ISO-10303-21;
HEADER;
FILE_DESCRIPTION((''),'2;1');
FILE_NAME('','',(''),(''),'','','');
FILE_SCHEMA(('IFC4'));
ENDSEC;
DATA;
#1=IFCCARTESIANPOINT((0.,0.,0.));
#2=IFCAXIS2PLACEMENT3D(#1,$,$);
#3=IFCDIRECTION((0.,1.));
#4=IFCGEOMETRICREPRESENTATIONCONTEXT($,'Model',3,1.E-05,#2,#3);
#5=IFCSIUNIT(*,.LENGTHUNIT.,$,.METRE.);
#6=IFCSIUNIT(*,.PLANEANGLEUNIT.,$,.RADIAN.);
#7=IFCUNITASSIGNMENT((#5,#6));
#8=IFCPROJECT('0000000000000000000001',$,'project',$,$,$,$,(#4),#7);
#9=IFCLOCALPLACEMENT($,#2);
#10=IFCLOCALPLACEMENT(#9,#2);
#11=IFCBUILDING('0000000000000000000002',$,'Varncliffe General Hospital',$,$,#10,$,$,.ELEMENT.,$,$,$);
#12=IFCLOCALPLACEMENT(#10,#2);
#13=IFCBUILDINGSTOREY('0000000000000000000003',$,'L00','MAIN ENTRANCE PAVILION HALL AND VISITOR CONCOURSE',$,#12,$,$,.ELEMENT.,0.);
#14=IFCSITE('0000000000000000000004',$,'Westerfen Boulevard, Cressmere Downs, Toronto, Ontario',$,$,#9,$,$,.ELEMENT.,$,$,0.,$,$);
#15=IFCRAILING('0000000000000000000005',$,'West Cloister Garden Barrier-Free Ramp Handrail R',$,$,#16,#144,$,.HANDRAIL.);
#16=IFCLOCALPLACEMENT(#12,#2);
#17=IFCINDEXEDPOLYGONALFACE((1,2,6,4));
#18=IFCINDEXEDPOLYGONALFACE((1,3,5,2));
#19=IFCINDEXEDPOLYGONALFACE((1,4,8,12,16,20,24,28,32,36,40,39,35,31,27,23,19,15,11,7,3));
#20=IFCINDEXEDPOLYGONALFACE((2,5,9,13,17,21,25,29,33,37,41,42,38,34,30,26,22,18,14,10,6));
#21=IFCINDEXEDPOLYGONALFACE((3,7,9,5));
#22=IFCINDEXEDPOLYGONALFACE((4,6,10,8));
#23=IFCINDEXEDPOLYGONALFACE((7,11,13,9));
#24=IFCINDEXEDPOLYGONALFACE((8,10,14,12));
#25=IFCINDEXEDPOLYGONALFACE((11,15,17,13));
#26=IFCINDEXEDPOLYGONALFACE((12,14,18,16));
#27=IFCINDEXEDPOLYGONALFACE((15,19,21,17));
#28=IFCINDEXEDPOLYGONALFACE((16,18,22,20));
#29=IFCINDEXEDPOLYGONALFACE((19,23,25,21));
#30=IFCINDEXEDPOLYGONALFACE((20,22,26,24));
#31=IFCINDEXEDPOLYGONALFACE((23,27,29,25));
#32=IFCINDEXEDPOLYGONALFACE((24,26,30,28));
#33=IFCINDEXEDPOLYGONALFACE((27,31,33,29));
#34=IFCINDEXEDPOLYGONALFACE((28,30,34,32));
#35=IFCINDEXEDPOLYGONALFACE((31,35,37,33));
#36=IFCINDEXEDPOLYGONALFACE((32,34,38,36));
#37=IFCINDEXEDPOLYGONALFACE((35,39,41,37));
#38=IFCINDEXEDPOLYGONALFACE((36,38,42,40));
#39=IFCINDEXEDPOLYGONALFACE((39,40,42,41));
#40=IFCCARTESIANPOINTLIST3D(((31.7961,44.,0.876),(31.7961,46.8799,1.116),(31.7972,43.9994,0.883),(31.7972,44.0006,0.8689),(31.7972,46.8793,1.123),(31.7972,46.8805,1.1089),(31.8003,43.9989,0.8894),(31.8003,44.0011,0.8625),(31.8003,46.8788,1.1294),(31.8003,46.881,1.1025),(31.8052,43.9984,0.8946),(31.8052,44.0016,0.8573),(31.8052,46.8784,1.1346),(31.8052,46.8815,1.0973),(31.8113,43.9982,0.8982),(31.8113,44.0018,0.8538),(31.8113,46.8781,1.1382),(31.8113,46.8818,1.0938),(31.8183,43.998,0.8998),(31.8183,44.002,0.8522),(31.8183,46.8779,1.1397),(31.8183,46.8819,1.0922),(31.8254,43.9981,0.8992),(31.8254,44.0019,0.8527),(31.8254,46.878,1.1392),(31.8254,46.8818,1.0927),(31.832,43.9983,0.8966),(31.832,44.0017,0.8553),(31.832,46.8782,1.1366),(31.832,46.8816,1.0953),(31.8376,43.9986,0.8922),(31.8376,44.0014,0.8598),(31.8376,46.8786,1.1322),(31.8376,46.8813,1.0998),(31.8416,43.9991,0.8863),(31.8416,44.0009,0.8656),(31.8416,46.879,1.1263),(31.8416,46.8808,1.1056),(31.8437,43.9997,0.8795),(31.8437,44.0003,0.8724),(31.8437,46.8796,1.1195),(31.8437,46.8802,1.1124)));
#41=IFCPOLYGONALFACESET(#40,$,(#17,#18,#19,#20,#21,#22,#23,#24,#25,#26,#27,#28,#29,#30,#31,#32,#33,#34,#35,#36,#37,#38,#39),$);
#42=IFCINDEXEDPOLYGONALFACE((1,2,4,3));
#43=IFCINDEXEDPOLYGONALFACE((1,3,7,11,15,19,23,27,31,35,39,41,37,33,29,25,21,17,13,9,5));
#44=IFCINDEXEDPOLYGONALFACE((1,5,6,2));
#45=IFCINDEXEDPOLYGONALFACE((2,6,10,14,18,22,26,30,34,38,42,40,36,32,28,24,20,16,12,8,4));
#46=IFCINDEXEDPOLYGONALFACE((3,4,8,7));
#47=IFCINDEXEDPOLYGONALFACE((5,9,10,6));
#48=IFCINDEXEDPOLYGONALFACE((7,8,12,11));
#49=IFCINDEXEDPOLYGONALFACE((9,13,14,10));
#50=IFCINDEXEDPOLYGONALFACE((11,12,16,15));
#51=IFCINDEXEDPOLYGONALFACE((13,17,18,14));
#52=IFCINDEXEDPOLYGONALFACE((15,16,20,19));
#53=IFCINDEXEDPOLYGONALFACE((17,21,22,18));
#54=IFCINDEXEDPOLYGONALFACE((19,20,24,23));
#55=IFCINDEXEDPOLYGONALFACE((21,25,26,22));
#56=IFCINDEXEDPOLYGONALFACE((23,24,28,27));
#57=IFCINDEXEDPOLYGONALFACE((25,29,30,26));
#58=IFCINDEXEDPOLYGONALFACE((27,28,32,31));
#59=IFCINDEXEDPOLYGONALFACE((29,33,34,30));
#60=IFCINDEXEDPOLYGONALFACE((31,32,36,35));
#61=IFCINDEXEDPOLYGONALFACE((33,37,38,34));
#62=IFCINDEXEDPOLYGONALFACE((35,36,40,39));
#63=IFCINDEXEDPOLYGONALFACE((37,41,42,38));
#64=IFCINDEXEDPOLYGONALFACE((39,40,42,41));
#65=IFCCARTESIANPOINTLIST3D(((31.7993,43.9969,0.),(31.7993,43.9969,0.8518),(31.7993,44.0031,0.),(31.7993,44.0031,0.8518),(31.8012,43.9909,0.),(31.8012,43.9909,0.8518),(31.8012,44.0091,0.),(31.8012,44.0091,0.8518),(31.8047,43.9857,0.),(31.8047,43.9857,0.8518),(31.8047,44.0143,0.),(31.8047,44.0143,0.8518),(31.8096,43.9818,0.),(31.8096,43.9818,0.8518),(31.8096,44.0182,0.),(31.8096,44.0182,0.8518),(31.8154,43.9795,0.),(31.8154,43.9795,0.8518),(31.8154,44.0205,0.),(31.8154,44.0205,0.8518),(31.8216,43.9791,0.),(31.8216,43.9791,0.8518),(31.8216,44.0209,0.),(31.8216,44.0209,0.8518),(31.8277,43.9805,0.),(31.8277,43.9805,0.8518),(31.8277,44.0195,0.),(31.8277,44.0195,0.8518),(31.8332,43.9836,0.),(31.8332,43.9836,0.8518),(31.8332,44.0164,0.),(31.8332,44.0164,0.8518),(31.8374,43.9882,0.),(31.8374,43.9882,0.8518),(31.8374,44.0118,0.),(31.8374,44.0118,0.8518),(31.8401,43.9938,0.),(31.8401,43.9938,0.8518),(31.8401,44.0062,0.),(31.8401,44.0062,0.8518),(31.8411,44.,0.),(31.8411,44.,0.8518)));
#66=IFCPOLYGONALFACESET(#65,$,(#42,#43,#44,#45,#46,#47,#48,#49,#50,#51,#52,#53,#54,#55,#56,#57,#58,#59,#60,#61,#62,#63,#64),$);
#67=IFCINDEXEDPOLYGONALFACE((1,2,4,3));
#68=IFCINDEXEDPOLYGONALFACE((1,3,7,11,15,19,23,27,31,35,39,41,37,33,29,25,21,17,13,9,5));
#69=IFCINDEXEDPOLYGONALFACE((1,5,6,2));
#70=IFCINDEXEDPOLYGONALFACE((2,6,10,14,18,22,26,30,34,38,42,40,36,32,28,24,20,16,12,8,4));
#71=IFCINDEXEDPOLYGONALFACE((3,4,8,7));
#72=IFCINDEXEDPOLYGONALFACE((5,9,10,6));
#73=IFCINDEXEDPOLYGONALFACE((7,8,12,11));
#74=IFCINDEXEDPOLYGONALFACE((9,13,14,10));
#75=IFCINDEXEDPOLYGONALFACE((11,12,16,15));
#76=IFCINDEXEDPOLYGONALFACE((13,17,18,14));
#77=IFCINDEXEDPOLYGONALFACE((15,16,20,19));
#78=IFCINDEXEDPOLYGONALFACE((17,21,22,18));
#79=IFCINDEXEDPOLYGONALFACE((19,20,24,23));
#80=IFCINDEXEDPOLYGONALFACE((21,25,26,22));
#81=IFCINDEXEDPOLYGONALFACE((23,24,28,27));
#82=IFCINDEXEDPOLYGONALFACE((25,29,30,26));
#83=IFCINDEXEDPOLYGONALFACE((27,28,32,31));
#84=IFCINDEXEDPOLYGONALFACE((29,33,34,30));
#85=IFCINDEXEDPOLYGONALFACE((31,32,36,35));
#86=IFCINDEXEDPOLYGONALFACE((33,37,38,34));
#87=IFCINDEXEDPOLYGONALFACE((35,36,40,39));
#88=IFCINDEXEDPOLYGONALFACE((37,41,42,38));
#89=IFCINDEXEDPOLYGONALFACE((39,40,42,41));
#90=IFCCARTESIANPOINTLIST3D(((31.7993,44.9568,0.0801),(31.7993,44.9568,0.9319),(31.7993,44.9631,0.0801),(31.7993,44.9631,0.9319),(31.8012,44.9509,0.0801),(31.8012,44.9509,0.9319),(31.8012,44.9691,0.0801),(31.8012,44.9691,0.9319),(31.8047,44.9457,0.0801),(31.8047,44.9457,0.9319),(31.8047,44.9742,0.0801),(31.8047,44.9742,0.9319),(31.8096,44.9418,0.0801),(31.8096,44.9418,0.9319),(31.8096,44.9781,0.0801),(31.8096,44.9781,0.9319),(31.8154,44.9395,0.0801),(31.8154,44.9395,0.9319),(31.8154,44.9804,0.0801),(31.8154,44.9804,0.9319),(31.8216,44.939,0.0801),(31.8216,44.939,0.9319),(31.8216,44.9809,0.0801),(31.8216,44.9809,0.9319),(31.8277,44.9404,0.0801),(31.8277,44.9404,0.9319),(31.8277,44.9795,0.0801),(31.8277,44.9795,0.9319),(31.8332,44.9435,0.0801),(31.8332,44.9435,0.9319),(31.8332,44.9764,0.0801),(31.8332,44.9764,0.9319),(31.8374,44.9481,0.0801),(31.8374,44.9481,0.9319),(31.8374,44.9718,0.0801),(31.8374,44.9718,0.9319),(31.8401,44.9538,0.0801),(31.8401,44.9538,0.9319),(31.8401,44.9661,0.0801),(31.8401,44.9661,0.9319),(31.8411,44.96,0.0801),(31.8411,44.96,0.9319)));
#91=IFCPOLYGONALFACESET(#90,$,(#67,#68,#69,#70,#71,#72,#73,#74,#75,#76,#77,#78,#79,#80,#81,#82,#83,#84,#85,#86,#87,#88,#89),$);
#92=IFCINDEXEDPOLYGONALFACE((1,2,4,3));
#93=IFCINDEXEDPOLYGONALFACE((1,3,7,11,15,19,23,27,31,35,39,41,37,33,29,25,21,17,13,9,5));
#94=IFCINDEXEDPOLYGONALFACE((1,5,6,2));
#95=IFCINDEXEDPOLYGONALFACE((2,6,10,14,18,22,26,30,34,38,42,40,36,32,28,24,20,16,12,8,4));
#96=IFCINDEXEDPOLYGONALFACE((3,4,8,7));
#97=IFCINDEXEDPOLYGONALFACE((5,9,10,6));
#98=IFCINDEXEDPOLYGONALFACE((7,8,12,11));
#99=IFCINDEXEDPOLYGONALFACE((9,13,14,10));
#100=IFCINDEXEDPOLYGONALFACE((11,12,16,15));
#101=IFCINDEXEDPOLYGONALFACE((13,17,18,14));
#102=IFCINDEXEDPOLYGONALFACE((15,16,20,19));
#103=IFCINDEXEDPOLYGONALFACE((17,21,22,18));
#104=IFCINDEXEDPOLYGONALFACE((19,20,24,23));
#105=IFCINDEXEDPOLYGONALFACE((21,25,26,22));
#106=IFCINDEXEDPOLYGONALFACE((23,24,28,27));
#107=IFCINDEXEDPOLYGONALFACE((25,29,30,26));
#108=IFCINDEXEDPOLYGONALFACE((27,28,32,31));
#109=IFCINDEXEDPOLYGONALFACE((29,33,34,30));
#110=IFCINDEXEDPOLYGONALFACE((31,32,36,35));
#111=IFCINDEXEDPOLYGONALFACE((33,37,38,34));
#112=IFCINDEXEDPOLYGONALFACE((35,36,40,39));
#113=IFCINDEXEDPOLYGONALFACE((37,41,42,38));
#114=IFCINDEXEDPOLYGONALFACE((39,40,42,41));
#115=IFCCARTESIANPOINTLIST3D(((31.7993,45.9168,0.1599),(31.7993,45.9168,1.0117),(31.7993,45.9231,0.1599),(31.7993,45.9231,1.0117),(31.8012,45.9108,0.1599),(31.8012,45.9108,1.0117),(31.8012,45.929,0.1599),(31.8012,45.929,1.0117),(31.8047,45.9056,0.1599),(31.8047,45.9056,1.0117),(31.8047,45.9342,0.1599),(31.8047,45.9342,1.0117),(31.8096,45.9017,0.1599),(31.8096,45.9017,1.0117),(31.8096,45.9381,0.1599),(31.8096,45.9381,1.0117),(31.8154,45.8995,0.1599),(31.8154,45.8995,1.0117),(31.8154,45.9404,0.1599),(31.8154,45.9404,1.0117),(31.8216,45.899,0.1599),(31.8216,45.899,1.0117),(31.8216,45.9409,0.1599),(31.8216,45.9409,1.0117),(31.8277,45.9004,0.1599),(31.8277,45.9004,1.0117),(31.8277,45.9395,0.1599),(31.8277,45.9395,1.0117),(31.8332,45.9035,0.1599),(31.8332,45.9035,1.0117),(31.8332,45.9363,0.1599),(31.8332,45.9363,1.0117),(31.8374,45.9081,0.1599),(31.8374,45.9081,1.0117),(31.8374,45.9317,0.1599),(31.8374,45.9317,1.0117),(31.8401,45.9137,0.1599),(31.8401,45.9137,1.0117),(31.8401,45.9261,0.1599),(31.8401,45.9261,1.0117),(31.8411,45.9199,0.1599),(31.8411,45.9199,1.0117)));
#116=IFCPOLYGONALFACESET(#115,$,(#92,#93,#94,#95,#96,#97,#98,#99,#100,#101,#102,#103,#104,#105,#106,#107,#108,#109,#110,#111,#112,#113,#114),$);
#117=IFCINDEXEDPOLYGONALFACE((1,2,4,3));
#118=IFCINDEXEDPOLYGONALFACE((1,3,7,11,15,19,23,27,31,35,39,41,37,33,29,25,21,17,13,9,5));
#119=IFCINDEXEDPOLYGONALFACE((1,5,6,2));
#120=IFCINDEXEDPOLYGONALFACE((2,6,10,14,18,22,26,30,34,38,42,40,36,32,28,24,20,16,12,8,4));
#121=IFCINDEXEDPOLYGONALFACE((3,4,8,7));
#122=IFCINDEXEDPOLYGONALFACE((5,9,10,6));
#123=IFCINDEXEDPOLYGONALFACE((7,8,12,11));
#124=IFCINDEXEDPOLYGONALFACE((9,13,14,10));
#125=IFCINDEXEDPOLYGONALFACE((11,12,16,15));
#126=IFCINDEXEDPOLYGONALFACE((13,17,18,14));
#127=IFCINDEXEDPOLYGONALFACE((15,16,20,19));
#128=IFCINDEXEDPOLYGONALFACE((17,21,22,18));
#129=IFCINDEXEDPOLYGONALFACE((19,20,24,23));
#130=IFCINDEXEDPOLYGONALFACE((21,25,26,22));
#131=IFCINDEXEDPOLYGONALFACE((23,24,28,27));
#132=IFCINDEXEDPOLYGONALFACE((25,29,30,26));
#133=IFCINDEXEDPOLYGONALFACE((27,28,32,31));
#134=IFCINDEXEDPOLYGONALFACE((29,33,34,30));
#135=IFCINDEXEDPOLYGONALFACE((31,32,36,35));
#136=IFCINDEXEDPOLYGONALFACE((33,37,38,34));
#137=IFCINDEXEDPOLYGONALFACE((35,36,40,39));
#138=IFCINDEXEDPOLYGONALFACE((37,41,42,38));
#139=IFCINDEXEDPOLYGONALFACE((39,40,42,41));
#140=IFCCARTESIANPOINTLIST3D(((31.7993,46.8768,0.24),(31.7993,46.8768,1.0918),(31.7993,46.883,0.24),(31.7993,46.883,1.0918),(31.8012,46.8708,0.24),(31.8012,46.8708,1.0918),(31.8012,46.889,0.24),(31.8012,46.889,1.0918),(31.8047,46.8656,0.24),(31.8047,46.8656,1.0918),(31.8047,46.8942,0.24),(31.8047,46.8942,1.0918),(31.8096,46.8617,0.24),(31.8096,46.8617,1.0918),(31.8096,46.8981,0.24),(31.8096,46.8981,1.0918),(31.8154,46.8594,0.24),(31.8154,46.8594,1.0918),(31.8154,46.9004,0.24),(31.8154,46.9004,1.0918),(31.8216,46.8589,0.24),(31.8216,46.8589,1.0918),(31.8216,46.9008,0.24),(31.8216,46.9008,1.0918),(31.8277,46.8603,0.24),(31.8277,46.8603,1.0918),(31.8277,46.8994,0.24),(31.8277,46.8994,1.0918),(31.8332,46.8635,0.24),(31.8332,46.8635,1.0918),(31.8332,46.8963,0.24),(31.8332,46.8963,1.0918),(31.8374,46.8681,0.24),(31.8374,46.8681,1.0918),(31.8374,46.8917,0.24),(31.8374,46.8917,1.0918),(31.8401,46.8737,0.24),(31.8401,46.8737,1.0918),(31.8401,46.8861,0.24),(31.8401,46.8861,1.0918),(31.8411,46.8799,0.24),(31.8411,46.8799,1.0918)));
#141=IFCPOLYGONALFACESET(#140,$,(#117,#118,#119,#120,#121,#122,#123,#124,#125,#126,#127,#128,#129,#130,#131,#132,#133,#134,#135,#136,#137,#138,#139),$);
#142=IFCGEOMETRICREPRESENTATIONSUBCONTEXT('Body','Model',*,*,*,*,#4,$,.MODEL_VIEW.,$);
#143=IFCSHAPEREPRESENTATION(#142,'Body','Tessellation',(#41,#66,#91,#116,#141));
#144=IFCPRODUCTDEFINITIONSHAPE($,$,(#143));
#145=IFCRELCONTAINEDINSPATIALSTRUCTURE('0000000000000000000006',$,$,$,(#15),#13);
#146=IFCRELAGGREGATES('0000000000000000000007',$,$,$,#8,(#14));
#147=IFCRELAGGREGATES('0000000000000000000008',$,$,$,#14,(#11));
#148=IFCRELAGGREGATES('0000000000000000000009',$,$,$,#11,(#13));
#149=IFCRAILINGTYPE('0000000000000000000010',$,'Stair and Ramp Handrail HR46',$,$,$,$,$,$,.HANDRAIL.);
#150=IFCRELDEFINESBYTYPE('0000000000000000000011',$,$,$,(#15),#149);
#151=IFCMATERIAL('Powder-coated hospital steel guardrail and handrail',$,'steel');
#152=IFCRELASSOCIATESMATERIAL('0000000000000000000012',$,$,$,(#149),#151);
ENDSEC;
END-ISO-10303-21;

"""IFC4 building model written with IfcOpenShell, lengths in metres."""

from ifc_helpers import new_model, si_unit, direction, frame, origin, origin_2d, place, context, subcontext, project, spatial, circle, extrude, material, type_object, element, save


model = new_model("IFC4")

# Units and contexts
model_context = context("Model", 3, precision=1e-05, world=origin(), true_north=direction((0.0, 1.0)))
body_context = subcontext(model_context, "Body", "Model", "MODEL_VIEW")
ifc_project = project(units=[si_unit("LENGTHUNIT", "METRE"), si_unit("PLANEANGLEUNIT", "RADIAN")], contexts=[model_context])

# Site, building, storey
site_placement = place(None, origin())
site = spatial("IfcSite", under=ifc_project, at=site_placement, Name="Westerfen Boulevard, Cressmere Downs, Toronto, Ontario", CompositionType="ELEMENT", RefElevation=0.0)
building_placement = place(site_placement, origin())
building = spatial("IfcBuilding", under=site, at=building_placement, Name="Varncliffe General Hospital", CompositionType="ELEMENT")
storey_placement = place(building_placement, origin())
storey = spatial("IfcBuildingStorey", under=building, at=storey_placement, Name="L00", Description="MAIN ENTRANCE PAVILION HALL AND VISITOR CONCOURSE", CompositionType="ELEMENT", Elevation=0.0)

# Railing
ifc_material_1 = material(Name="Powder-coated hospital steel guardrail and handrail", Category="steel")
railing_type = type_object("IfcRailingType", Name="Stair and Ramp Handrail HR46", PredefinedType="HANDRAIL", material=ifc_material_1)
for number, where, name in (
    (1, (31.8201, 44.0, 0.0), "West Cloister Garden Barrier-Free Ramp Handrail R"),
):
    element("IfcRailing", number, at=place(storey_placement, frame(where)), inside=storey, type_object=railing_type, Name=name, PredefinedType="HANDRAIL", context=body_context, shape_type="SweptSolid", body=[
        extrude(circle(Radius=0.0239, at=origin_2d()), frame((0.0, 0.0, 0.876), z_axis=(0.0, 0.996546, 0.083045), x_axis=(-1.0, 0.0, 0.0)), (0.0, 0.0, 1.0), 2.8899),
        extrude(circle(Radius=0.021, at=origin_2d()), origin(), (0.0, 0.0, 1.0), 0.8518),
        extrude(circle(Radius=0.021, at=origin_2d()), frame((0.0, 0.96, 0.0801)), (0.0, 0.0, 1.0), 0.8518),
        extrude(circle(Radius=0.021, at=origin_2d()), frame((0.0, 1.9199, 0.1599)), (0.0, 0.0, 1.0), 0.8518),
        extrude(circle(Radius=0.021, at=origin_2d()), frame((0.0, 2.8799, 0.24)), (0.0, 0.0, 1.0), 0.8518),
    ])

save(model, "model.ifc")
